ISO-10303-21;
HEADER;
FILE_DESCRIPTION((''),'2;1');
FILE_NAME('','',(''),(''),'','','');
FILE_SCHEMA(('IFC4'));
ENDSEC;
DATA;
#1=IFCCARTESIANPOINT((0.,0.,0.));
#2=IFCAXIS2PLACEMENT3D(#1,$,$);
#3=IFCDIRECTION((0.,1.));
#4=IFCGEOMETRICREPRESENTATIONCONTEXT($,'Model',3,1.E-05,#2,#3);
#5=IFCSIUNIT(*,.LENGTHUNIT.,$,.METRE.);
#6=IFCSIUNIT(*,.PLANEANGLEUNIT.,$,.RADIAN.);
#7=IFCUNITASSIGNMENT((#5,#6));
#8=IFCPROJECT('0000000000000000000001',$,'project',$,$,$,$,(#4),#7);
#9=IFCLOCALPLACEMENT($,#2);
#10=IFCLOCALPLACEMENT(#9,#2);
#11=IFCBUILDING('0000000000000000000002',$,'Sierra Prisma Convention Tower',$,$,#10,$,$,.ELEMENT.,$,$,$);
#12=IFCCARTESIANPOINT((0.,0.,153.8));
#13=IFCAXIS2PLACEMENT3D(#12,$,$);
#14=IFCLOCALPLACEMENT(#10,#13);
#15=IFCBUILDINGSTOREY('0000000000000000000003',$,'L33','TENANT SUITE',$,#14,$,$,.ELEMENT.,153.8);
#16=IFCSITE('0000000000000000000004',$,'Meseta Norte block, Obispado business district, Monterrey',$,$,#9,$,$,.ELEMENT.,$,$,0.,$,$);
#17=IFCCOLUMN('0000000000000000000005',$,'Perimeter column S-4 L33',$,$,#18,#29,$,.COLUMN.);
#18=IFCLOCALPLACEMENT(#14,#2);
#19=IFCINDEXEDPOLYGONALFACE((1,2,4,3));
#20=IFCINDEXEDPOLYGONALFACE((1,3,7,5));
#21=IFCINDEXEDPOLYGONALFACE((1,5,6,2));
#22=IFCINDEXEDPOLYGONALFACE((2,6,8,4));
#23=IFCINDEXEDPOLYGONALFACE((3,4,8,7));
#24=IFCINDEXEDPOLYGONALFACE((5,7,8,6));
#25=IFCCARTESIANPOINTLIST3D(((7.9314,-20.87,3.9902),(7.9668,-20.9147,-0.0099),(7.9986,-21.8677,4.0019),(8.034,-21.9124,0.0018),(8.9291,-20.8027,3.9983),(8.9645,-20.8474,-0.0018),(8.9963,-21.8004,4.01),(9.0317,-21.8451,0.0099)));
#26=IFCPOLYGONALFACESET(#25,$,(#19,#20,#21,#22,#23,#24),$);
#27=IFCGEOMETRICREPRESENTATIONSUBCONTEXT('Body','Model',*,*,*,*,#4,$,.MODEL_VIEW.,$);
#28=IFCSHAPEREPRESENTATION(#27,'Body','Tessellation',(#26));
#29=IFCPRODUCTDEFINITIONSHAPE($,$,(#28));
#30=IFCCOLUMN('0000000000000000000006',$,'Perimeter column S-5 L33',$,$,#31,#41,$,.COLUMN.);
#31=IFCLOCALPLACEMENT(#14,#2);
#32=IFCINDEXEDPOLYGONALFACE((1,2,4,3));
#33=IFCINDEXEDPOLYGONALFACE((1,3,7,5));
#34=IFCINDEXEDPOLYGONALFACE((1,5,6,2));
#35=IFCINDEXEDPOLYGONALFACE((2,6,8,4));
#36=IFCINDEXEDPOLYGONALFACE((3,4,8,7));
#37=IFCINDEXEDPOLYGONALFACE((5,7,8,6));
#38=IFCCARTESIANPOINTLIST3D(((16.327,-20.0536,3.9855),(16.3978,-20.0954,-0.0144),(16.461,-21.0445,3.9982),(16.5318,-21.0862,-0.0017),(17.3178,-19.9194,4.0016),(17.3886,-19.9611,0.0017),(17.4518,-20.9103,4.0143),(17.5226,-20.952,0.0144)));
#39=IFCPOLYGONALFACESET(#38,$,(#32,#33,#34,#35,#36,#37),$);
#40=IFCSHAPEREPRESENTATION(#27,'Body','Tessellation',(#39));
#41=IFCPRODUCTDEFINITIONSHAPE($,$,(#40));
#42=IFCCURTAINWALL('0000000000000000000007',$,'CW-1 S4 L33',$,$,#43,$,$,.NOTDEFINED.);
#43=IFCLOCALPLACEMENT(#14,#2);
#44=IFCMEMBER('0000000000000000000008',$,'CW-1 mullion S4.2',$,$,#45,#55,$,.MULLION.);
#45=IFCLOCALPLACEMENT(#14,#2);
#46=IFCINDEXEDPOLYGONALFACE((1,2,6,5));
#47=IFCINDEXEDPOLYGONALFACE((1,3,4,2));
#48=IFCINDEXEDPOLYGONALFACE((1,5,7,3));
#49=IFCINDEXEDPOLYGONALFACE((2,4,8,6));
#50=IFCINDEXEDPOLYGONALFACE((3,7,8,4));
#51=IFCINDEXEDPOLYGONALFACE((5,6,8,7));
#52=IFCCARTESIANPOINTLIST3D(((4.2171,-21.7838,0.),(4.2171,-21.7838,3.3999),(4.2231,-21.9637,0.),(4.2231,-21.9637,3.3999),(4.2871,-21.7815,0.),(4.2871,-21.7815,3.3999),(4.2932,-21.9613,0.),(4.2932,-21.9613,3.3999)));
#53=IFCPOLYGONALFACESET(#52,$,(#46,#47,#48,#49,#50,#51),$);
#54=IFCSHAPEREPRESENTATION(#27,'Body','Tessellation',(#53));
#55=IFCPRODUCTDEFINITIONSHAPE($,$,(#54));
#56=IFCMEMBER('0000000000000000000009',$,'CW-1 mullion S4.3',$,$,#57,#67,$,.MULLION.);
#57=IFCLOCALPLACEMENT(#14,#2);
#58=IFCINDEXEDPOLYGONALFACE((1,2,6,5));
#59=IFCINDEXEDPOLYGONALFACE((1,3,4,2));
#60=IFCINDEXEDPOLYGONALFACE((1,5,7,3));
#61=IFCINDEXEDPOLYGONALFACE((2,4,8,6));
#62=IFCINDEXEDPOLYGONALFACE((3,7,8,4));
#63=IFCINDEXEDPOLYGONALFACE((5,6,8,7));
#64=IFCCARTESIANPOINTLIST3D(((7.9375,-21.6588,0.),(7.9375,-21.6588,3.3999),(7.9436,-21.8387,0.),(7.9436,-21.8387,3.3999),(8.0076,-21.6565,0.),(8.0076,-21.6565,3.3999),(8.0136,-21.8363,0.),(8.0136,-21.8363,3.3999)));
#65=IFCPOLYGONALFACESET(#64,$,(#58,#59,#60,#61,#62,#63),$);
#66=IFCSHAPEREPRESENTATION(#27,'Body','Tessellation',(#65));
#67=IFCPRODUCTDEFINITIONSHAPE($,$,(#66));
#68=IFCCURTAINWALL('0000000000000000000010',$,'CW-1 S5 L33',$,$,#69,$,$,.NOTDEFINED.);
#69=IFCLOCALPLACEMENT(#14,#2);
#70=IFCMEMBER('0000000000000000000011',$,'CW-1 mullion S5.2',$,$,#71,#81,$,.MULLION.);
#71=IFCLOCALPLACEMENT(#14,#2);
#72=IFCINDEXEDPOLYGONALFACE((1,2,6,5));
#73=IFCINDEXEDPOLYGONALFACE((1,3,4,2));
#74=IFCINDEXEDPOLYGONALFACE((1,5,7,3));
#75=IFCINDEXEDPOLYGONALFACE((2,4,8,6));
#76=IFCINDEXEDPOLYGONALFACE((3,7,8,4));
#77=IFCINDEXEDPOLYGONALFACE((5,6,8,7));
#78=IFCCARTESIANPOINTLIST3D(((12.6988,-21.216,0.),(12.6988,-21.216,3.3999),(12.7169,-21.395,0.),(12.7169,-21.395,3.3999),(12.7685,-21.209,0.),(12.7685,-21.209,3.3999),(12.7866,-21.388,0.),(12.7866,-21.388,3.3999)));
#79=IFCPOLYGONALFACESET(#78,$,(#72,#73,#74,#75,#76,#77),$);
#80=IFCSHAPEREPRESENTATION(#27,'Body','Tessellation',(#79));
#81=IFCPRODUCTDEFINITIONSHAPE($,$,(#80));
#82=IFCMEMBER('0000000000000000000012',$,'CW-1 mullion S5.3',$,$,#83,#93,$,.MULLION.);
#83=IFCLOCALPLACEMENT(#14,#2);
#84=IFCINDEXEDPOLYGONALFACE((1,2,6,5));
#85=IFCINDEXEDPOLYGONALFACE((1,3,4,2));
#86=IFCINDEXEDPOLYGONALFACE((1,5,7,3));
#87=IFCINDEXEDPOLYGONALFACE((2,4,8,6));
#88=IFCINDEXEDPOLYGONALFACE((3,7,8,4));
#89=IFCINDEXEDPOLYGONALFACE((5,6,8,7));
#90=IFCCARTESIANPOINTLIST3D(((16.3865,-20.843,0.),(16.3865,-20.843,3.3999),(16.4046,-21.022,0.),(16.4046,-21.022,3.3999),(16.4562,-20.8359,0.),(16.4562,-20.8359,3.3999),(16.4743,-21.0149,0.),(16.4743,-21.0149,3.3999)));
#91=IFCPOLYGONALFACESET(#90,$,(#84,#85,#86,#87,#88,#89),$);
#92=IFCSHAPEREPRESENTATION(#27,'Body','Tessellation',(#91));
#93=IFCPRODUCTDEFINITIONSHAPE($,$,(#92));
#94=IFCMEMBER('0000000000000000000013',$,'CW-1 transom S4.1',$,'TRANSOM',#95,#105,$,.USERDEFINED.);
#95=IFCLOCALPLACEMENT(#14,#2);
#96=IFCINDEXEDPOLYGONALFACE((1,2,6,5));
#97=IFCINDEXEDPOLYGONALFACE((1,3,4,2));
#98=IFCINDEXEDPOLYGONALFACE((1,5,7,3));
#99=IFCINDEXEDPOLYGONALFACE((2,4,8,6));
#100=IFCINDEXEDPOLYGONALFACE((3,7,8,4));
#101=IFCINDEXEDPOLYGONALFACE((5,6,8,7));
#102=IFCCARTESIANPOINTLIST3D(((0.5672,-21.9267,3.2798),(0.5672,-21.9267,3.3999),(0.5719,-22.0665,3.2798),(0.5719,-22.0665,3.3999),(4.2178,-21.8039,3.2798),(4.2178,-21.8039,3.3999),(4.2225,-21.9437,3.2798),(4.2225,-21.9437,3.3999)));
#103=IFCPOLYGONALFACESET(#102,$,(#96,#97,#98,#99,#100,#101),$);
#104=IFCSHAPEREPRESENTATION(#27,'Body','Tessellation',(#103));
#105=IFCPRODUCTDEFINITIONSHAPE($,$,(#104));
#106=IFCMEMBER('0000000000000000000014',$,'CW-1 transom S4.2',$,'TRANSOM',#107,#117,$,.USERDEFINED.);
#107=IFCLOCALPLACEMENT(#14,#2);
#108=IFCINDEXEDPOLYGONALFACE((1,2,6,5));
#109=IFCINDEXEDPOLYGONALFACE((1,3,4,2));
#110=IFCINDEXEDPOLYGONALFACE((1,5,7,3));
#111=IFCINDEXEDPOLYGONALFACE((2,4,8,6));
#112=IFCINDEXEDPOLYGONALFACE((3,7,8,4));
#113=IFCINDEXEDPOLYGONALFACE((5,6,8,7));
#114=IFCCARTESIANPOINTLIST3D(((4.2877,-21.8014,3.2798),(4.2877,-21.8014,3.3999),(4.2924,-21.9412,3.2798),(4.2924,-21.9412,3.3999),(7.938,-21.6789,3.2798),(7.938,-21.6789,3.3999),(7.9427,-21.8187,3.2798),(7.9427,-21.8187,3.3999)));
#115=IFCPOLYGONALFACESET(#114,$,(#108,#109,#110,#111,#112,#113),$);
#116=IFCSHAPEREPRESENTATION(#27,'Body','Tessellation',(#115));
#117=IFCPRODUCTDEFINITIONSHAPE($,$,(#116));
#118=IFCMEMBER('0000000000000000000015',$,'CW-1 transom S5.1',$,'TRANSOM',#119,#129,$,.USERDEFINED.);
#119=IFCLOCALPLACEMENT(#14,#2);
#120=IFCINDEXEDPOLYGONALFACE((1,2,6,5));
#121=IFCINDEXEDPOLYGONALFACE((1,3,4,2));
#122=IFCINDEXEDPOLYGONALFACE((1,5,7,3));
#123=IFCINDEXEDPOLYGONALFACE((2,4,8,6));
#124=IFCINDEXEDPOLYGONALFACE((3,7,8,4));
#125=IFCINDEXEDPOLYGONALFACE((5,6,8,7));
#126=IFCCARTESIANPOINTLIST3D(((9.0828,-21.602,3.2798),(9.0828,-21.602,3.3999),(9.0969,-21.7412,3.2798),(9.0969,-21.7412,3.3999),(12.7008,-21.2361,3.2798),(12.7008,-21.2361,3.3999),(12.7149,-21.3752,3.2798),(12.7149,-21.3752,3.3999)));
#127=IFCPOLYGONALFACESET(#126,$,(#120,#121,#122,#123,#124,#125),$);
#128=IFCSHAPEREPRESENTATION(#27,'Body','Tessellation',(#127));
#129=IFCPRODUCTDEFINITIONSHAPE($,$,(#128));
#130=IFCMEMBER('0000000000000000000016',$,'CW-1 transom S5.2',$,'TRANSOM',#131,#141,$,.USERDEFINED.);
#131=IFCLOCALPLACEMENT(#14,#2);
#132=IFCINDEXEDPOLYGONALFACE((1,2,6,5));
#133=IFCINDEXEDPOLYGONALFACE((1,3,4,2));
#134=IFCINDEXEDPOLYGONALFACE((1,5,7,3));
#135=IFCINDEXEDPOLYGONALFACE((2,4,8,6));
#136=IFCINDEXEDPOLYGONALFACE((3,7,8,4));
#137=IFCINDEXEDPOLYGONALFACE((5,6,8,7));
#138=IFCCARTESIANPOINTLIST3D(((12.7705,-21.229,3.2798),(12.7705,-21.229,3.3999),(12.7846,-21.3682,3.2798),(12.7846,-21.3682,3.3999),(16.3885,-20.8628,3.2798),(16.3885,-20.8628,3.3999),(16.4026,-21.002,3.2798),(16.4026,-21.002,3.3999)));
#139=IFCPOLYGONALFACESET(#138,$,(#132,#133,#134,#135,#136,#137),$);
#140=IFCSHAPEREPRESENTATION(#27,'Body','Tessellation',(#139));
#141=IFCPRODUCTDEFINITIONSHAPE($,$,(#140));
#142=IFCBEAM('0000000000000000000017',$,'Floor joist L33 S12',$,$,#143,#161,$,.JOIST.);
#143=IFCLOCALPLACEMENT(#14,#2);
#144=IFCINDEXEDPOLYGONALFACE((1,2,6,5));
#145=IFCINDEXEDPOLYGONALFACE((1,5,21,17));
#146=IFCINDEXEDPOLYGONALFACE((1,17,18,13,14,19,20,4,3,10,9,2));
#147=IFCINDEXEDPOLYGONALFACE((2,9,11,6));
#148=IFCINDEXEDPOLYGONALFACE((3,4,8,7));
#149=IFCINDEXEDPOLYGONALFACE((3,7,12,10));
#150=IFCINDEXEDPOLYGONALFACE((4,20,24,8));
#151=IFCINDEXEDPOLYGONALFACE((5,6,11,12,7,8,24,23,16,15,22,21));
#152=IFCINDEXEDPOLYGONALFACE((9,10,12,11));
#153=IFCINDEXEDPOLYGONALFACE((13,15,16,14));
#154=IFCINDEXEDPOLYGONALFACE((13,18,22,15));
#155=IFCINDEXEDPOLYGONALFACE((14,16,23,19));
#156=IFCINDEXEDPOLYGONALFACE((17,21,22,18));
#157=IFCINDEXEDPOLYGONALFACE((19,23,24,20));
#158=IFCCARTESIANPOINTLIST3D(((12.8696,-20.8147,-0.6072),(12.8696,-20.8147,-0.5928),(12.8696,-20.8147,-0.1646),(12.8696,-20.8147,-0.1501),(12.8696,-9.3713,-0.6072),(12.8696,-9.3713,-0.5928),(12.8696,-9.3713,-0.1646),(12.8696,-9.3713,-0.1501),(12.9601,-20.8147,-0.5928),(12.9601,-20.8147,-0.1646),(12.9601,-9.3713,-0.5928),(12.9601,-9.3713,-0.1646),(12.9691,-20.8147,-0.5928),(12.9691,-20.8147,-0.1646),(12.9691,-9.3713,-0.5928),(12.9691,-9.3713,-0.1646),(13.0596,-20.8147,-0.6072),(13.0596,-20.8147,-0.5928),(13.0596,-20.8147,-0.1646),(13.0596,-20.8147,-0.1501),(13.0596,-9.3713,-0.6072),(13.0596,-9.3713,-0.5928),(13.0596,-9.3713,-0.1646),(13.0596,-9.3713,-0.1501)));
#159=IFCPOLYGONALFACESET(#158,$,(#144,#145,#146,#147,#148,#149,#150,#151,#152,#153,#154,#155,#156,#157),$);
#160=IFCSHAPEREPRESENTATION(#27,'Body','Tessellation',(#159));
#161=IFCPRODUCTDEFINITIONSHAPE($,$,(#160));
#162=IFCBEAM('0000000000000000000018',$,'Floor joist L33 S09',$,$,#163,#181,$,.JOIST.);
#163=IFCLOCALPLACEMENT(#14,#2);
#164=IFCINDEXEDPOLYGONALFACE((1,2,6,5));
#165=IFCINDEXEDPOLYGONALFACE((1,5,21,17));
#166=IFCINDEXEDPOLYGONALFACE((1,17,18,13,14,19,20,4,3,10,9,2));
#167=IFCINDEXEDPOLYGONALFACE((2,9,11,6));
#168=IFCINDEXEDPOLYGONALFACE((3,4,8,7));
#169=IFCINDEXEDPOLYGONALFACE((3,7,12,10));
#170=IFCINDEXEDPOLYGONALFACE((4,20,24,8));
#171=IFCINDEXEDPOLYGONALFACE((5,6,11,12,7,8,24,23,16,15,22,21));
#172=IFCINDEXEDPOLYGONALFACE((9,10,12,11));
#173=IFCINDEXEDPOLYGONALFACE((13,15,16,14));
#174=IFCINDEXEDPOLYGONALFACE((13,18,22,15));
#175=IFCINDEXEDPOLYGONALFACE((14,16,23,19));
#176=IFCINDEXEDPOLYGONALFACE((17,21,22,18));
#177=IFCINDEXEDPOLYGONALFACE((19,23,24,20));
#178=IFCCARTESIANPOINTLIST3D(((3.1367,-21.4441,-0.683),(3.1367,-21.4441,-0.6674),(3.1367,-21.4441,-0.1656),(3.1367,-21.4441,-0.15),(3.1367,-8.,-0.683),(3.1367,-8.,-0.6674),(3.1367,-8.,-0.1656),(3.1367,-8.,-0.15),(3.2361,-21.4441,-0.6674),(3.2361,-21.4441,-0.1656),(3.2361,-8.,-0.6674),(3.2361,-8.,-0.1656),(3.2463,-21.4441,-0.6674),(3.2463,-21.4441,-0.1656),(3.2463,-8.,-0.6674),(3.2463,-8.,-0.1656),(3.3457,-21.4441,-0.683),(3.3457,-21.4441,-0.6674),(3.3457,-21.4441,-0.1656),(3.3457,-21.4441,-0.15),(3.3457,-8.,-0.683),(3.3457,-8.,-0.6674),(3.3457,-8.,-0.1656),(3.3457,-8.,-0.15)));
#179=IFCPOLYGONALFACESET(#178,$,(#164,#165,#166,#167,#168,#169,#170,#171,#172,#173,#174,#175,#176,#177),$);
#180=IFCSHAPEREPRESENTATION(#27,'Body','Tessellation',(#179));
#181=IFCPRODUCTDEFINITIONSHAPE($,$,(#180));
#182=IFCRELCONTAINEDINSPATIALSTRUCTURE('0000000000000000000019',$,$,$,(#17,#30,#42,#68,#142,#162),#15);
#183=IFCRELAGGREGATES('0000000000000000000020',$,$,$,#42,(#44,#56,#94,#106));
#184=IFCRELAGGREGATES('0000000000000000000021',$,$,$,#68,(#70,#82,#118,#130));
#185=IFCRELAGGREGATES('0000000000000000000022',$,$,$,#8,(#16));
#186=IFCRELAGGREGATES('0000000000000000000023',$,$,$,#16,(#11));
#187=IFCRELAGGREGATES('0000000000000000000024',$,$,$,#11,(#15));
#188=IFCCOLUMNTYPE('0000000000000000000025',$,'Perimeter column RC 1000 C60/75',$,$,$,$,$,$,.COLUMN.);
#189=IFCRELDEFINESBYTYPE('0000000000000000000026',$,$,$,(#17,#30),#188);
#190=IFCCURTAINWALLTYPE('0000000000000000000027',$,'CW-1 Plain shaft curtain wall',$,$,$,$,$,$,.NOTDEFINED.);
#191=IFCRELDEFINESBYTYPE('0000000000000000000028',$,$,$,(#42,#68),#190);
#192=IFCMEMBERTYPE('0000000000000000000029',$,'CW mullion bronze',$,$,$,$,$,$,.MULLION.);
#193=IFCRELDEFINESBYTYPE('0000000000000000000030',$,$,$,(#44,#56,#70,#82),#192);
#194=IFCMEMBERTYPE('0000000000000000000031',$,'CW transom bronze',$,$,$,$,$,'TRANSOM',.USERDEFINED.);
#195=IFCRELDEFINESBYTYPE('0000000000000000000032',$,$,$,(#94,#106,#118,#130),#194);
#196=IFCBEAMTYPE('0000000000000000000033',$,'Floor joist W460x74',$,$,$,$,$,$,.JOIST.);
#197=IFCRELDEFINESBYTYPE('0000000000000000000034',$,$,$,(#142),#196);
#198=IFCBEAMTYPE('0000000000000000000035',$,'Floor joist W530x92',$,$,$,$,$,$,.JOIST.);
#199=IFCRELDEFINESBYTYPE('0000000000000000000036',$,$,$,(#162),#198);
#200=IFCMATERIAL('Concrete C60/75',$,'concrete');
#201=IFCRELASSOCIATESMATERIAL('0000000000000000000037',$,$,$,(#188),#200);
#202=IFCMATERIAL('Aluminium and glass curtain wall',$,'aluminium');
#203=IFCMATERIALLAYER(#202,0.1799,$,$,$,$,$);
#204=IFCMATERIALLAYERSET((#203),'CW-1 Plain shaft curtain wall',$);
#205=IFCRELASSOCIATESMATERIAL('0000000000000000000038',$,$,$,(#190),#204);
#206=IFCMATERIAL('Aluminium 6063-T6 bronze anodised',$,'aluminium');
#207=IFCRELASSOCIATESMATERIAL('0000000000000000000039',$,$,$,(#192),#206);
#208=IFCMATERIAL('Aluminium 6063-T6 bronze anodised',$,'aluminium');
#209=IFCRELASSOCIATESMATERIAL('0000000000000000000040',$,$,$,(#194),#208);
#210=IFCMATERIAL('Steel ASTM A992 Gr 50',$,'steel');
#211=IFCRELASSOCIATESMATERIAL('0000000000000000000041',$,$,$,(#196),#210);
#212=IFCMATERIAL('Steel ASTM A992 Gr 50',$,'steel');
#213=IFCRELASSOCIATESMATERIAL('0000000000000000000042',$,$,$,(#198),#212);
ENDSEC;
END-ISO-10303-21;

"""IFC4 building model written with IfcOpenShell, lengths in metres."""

from ifc_helpers import new_model, si_unit, direction, frame, origin, origin_2d, place, context, subcontext, project, spatial, rectangle, i_section, extrude, material, layer, layer_set, material_profile, profile_set, type_object, element, aggregate, save


model = new_model("IFC4")

# Units and contexts
model_context = context("Model", 3, precision=1e-05, world=origin(), true_north=direction((0.0, 1.0)))
body_context = subcontext(model_context, "Body", "Model", "MODEL_VIEW")
ifc_project = project(units=[si_unit("LENGTHUNIT", "METRE"), si_unit("PLANEANGLEUNIT", "RADIAN")], contexts=[model_context])

# Site, building, storey
site_placement = place(None, origin())
site = spatial("IfcSite", under=ifc_project, at=site_placement, Name="Meseta Norte block, Obispado business district, Monterrey", CompositionType="ELEMENT", RefElevation=0.0)
building_placement = place(site_placement, origin())
building = spatial("IfcBuilding", under=site, at=building_placement, Name="Sierra Prisma Convention Tower", CompositionType="ELEMENT")
storey_placement = place(building_placement, frame((0.0, 0.0, 153.8)))
storey = spatial("IfcBuildingStorey", under=building, at=storey_placement, Name="L33", Description="TENANT SUITE", CompositionType="ELEMENT", Elevation=153.8)

# Columns
ifc_material_1 = material(Name="Concrete C60/75", Category="concrete")
ifc_material_profile_1 = material_profile(ifc_material_1, rectangle(XDim=1.0, YDim=1.0, at=origin_2d()), Name="Perimeter column RC 1000 C60/75")
ifc_profile_set_1 = profile_set([ifc_material_profile_1], Name="Concrete C60/75")
column_type = type_object("IfcColumnType", Name="Perimeter column RC 1000 C60/75", PredefinedType="COLUMN", material=ifc_profile_set_1)
column_1_placement = place(storey_placement, frame((8.4993, -21.3799, 0.0), z_axis=(-0.008849, 0.011168, 0.999898), x_axis=(0.997702, 0.067276, 0.008078)))
element("IfcColumn", 1, at=column_1_placement, inside=storey, type_object=column_type, Name="Perimeter column S-4 L33", PredefinedType="COLUMN", context=body_context, shape_type="SweptSolid", body=[
    extrude(rectangle(XDim=1.0, YDim=1.0, at=origin_2d()), origin(), (0.0, 0.0, 1.0), 4.0005),
])
column_2_placement = place(storey_placement, frame((16.9602, -20.5237, 0.0), z_axis=(-0.017696, 0.010435, 0.999789), x_axis=(0.990818, 0.134235, 0.016137)))
element("IfcColumn", 2, at=column_2_placement, inside=storey, type_object=column_type, Name="Perimeter column S-5 L33", PredefinedType="COLUMN", context=body_context, shape_type="SweptSolid", body=[
    extrude(rectangle(XDim=1.0, YDim=1.0, at=origin_2d()), origin(), (0.0, 0.0, 1.0), 4.0007),
])

# Curtain walls, members
ifc_material_2 = material(Name="Aluminium and glass curtain wall", Category="aluminium")
ifc_layer_1 = layer(ifc_material_2, 0.1799)
ifc_layer_set_1 = layer_set([ifc_layer_1], Name="CW-1 Plain shaft curtain wall")
curtain_wall_type = type_object("IfcCurtainWallType", Name="CW-1 Plain shaft curtain wall", PredefinedType="NOTDEFINED", material=ifc_layer_set_1)
curtain_wall_1_placement = place(storey_placement, origin())
curtain_wall_1 = element("IfcCurtainWall", 3, at=curtain_wall_1_placement, inside=storey, type_object=curtain_wall_type, Name="CW-1 S4 L33", PredefinedType="NOTDEFINED")
ifc_material_3 = material(Name="Aluminium 6063-T6 bronze anodised", Category="aluminium")
ifc_material_profile_2 = material_profile(ifc_material_3, rectangle(XDim=0.1799, YDim=0.0701, at=origin_2d()), Name="ALU MULLION 70x180")
ifc_profile_set_2 = profile_set([ifc_material_profile_2], Name="Aluminium 6063-T6 bronze anodised")
member_type_1 = type_object("IfcMemberType", Name="CW mullion bronze", PredefinedType="MULLION", material=ifc_profile_set_2)
member_1_placement = place(storey_placement, frame((4.2551, -21.8726, 0.0), z_axis=(0.0, 0.0, 1.0), x_axis=(-0.033609, 0.999435, 0.0)))
member_1 = element("IfcMember", 4, at=member_1_placement, type_object=member_type_1, Name="CW-1 mullion S4.2", PredefinedType="MULLION", context=body_context, shape_type="SweptSolid", body=[
    extrude(rectangle(XDim=0.1799, YDim=0.0701, at=origin_2d()), origin(), (0.0, 0.0, 1.0), 3.3999),
])
member_2_placement = place(storey_placement, frame((7.9756, -21.7476, 0.0), z_axis=(0.0, 0.0, 1.0), x_axis=(-0.033609, 0.999435, 0.0)))
member_2 = element("IfcMember", 5, at=member_2_placement, type_object=member_type_1, Name="CW-1 mullion S4.3", PredefinedType="MULLION", context=body_context, shape_type="SweptSolid", body=[
    extrude(rectangle(XDim=0.1799, YDim=0.0701, at=origin_2d()), origin(), (0.0, 0.0, 1.0), 3.3999),
])
curtain_wall_2_placement = place(storey_placement, origin())
curtain_wall_2 = element("IfcCurtainWall", 6, at=curtain_wall_2_placement, inside=storey, type_object=curtain_wall_type, Name="CW-1 S5 L33", PredefinedType="NOTDEFINED")
member_3_placement = place(storey_placement, frame((12.7427, -21.302, 0.0), z_axis=(0.0, 0.0, 1.0), x_axis=(-0.100676, 0.994919, 0.0)))
member_3 = element("IfcMember", 7, at=member_3_placement, type_object=member_type_1, Name="CW-1 mullion S5.2", PredefinedType="MULLION", context=body_context, shape_type="SweptSolid", body=[
    extrude(rectangle(XDim=0.1799, YDim=0.0701, at=origin_2d()), origin(), (0.0, 0.0, 1.0), 3.3999),
])
member_4_placement = place(storey_placement, frame((16.4304, -20.929, 0.0), z_axis=(0.0, 0.0, 1.0), x_axis=(-0.100676, 0.994919, 0.0)))
member_4 = element("IfcMember", 8, at=member_4_placement, type_object=member_type_1, Name="CW-1 mullion S5.3", PredefinedType="MULLION", context=body_context, shape_type="SweptSolid", body=[
    extrude(rectangle(XDim=0.1799, YDim=0.0701, at=origin_2d()), origin(), (0.0, 0.0, 1.0), 3.3999),
])

# Members
ifc_material_4 = material(Name="Aluminium 6063-T6 bronze anodised", Category="aluminium")
ifc_material_profile_3 = material_profile(ifc_material_4, rectangle(XDim=0.1399, YDim=0.1201, at=origin_2d()), Name="ALU TRANSOM 120x140")
ifc_profile_set_3 = profile_set([ifc_material_profile_3], Name="Aluminium 6063-T6 bronze anodised")
member_type_2 = type_object("IfcMemberType", Name="CW transom bronze", ElementType="TRANSOM", PredefinedType="USERDEFINED", material=ifc_profile_set_3)
member_5_placement = place(storey_placement, frame((0.5696, -21.9966, 3.3398), z_axis=(0.999435, 0.03362, 0.0), x_axis=(-0.03362, 0.999435, 0.0)))
member_5 = element("IfcMember", 9, at=member_5_placement, type_object=member_type_2, Name="CW-1 transom S4.1", ObjectType="TRANSOM", PredefinedType="USERDEFINED", context=body_context, shape_type="SweptSolid", body=[
    extrude(rectangle(XDim=0.1399, YDim=0.1201, at=origin_2d()), origin(), (0.0, 0.0, 1.0), 3.6526),
])
member_6_placement = place(storey_placement, frame((4.29, -21.8713, 3.3398), z_axis=(0.999437, 0.033555, 0.0), x_axis=(-0.033555, 0.999437, 0.0)))
member_6 = element("IfcMember", 10, at=member_6_placement, type_object=member_type_2, Name="CW-1 transom S4.2", ObjectType="TRANSOM", PredefinedType="USERDEFINED", context=body_context, shape_type="SweptSolid", body=[
    extrude(rectangle(XDim=0.1399, YDim=0.1201, at=origin_2d()), origin(), (0.0, 0.0, 1.0), 3.6523),
])
member_7_placement = place(storey_placement, frame((9.0898, -21.6716, 3.3398), z_axis=(0.994923, 0.10064, 0.0), x_axis=(-0.10064, 0.994923, 0.0)))
member_7 = element("IfcMember", 11, at=member_7_placement, type_object=member_type_2, Name="CW-1 transom S5.1", ObjectType="TRANSOM", PredefinedType="USERDEFINED", context=body_context, shape_type="SweptSolid", body=[
    extrude(rectangle(XDim=0.1399, YDim=0.1201, at=origin_2d()), origin(), (0.0, 0.0, 1.0), 3.6365),
])
member_8_placement = place(storey_placement, frame((12.7776, -21.2986, 3.3398), z_axis=(0.994916, 0.100707, 0.0), x_axis=(-0.100707, 0.994916, 0.0)))
member_8 = element("IfcMember", 12, at=member_8_placement, type_object=member_type_2, Name="CW-1 transom S5.2", ObjectType="TRANSOM", PredefinedType="USERDEFINED", context=body_context, shape_type="SweptSolid", body=[
    extrude(rectangle(XDim=0.1399, YDim=0.1201, at=origin_2d()), origin(), (0.0, 0.0, 1.0), 3.6365),
])

# Beams
ifc_material_5 = material(Name="Steel ASTM A992 Gr 50", Category="steel")
ifc_material_profile_4 = material_profile(ifc_material_5, i_section(OverallWidth=0.1899, OverallDepth=0.457, WebThickness=0.009, FlangeThickness=0.0144, at=origin_2d()), Name="W460x74")
ifc_profile_set_4 = profile_set([ifc_material_profile_4], Name="Steel ASTM A992 Gr 50")
beam_type_1 = type_object("IfcBeamType", Name="Floor joist W460x74", PredefinedType="JOIST", material=ifc_profile_set_4)
beam_1_placement = place(storey_placement, frame((12.9646, -20.8147, -0.3787), z_axis=(0.0, 1.0, 0.0), x_axis=(-1.0, 0.0, 0.0)))
element("IfcBeam", 13, at=beam_1_placement, inside=storey, type_object=beam_type_1, Name="Floor joist L33 S12", PredefinedType="JOIST", context=body_context, shape_type="SweptSolid", body=[
    extrude(i_section(OverallWidth=0.1899, OverallDepth=0.457, WebThickness=0.009, FlangeThickness=0.0144, at=origin_2d()), origin(), (0.0, 0.0, 1.0), 11.4434),
])
ifc_material_6 = material(Name="Steel ASTM A992 Gr 50", Category="steel")
ifc_material_profile_5 = material_profile(ifc_material_6, i_section(OverallWidth=0.209, OverallDepth=0.533, WebThickness=0.0103, FlangeThickness=0.0156, at=origin_2d()), Name="W530x92")
ifc_profile_set_5 = profile_set([ifc_material_profile_5], Name="Steel ASTM A992 Gr 50")
beam_type_2 = type_object("IfcBeamType", Name="Floor joist W530x92", PredefinedType="JOIST", material=ifc_profile_set_5)
beam_2_placement = place(storey_placement, frame((3.2412, -21.4441, -0.4165), z_axis=(0.0, 1.0, 0.0), x_axis=(-1.0, 0.0, 0.0)))
element("IfcBeam", 14, at=beam_2_placement, inside=storey, type_object=beam_type_2, Name="Floor joist L33 S09", PredefinedType="JOIST", context=body_context, shape_type="SweptSolid", body=[
    extrude(i_section(OverallWidth=0.209, OverallDepth=0.533, WebThickness=0.0103, FlangeThickness=0.0156, at=origin_2d()), origin(), (0.0, 0.0, 1.0), 13.4441),
])

aggregate(curtain_wall_1, [member_1, member_2, member_5, member_6])
aggregate(curtain_wall_2, [member_3, member_4, member_7, member_8])

save(model, "model.ifc")
